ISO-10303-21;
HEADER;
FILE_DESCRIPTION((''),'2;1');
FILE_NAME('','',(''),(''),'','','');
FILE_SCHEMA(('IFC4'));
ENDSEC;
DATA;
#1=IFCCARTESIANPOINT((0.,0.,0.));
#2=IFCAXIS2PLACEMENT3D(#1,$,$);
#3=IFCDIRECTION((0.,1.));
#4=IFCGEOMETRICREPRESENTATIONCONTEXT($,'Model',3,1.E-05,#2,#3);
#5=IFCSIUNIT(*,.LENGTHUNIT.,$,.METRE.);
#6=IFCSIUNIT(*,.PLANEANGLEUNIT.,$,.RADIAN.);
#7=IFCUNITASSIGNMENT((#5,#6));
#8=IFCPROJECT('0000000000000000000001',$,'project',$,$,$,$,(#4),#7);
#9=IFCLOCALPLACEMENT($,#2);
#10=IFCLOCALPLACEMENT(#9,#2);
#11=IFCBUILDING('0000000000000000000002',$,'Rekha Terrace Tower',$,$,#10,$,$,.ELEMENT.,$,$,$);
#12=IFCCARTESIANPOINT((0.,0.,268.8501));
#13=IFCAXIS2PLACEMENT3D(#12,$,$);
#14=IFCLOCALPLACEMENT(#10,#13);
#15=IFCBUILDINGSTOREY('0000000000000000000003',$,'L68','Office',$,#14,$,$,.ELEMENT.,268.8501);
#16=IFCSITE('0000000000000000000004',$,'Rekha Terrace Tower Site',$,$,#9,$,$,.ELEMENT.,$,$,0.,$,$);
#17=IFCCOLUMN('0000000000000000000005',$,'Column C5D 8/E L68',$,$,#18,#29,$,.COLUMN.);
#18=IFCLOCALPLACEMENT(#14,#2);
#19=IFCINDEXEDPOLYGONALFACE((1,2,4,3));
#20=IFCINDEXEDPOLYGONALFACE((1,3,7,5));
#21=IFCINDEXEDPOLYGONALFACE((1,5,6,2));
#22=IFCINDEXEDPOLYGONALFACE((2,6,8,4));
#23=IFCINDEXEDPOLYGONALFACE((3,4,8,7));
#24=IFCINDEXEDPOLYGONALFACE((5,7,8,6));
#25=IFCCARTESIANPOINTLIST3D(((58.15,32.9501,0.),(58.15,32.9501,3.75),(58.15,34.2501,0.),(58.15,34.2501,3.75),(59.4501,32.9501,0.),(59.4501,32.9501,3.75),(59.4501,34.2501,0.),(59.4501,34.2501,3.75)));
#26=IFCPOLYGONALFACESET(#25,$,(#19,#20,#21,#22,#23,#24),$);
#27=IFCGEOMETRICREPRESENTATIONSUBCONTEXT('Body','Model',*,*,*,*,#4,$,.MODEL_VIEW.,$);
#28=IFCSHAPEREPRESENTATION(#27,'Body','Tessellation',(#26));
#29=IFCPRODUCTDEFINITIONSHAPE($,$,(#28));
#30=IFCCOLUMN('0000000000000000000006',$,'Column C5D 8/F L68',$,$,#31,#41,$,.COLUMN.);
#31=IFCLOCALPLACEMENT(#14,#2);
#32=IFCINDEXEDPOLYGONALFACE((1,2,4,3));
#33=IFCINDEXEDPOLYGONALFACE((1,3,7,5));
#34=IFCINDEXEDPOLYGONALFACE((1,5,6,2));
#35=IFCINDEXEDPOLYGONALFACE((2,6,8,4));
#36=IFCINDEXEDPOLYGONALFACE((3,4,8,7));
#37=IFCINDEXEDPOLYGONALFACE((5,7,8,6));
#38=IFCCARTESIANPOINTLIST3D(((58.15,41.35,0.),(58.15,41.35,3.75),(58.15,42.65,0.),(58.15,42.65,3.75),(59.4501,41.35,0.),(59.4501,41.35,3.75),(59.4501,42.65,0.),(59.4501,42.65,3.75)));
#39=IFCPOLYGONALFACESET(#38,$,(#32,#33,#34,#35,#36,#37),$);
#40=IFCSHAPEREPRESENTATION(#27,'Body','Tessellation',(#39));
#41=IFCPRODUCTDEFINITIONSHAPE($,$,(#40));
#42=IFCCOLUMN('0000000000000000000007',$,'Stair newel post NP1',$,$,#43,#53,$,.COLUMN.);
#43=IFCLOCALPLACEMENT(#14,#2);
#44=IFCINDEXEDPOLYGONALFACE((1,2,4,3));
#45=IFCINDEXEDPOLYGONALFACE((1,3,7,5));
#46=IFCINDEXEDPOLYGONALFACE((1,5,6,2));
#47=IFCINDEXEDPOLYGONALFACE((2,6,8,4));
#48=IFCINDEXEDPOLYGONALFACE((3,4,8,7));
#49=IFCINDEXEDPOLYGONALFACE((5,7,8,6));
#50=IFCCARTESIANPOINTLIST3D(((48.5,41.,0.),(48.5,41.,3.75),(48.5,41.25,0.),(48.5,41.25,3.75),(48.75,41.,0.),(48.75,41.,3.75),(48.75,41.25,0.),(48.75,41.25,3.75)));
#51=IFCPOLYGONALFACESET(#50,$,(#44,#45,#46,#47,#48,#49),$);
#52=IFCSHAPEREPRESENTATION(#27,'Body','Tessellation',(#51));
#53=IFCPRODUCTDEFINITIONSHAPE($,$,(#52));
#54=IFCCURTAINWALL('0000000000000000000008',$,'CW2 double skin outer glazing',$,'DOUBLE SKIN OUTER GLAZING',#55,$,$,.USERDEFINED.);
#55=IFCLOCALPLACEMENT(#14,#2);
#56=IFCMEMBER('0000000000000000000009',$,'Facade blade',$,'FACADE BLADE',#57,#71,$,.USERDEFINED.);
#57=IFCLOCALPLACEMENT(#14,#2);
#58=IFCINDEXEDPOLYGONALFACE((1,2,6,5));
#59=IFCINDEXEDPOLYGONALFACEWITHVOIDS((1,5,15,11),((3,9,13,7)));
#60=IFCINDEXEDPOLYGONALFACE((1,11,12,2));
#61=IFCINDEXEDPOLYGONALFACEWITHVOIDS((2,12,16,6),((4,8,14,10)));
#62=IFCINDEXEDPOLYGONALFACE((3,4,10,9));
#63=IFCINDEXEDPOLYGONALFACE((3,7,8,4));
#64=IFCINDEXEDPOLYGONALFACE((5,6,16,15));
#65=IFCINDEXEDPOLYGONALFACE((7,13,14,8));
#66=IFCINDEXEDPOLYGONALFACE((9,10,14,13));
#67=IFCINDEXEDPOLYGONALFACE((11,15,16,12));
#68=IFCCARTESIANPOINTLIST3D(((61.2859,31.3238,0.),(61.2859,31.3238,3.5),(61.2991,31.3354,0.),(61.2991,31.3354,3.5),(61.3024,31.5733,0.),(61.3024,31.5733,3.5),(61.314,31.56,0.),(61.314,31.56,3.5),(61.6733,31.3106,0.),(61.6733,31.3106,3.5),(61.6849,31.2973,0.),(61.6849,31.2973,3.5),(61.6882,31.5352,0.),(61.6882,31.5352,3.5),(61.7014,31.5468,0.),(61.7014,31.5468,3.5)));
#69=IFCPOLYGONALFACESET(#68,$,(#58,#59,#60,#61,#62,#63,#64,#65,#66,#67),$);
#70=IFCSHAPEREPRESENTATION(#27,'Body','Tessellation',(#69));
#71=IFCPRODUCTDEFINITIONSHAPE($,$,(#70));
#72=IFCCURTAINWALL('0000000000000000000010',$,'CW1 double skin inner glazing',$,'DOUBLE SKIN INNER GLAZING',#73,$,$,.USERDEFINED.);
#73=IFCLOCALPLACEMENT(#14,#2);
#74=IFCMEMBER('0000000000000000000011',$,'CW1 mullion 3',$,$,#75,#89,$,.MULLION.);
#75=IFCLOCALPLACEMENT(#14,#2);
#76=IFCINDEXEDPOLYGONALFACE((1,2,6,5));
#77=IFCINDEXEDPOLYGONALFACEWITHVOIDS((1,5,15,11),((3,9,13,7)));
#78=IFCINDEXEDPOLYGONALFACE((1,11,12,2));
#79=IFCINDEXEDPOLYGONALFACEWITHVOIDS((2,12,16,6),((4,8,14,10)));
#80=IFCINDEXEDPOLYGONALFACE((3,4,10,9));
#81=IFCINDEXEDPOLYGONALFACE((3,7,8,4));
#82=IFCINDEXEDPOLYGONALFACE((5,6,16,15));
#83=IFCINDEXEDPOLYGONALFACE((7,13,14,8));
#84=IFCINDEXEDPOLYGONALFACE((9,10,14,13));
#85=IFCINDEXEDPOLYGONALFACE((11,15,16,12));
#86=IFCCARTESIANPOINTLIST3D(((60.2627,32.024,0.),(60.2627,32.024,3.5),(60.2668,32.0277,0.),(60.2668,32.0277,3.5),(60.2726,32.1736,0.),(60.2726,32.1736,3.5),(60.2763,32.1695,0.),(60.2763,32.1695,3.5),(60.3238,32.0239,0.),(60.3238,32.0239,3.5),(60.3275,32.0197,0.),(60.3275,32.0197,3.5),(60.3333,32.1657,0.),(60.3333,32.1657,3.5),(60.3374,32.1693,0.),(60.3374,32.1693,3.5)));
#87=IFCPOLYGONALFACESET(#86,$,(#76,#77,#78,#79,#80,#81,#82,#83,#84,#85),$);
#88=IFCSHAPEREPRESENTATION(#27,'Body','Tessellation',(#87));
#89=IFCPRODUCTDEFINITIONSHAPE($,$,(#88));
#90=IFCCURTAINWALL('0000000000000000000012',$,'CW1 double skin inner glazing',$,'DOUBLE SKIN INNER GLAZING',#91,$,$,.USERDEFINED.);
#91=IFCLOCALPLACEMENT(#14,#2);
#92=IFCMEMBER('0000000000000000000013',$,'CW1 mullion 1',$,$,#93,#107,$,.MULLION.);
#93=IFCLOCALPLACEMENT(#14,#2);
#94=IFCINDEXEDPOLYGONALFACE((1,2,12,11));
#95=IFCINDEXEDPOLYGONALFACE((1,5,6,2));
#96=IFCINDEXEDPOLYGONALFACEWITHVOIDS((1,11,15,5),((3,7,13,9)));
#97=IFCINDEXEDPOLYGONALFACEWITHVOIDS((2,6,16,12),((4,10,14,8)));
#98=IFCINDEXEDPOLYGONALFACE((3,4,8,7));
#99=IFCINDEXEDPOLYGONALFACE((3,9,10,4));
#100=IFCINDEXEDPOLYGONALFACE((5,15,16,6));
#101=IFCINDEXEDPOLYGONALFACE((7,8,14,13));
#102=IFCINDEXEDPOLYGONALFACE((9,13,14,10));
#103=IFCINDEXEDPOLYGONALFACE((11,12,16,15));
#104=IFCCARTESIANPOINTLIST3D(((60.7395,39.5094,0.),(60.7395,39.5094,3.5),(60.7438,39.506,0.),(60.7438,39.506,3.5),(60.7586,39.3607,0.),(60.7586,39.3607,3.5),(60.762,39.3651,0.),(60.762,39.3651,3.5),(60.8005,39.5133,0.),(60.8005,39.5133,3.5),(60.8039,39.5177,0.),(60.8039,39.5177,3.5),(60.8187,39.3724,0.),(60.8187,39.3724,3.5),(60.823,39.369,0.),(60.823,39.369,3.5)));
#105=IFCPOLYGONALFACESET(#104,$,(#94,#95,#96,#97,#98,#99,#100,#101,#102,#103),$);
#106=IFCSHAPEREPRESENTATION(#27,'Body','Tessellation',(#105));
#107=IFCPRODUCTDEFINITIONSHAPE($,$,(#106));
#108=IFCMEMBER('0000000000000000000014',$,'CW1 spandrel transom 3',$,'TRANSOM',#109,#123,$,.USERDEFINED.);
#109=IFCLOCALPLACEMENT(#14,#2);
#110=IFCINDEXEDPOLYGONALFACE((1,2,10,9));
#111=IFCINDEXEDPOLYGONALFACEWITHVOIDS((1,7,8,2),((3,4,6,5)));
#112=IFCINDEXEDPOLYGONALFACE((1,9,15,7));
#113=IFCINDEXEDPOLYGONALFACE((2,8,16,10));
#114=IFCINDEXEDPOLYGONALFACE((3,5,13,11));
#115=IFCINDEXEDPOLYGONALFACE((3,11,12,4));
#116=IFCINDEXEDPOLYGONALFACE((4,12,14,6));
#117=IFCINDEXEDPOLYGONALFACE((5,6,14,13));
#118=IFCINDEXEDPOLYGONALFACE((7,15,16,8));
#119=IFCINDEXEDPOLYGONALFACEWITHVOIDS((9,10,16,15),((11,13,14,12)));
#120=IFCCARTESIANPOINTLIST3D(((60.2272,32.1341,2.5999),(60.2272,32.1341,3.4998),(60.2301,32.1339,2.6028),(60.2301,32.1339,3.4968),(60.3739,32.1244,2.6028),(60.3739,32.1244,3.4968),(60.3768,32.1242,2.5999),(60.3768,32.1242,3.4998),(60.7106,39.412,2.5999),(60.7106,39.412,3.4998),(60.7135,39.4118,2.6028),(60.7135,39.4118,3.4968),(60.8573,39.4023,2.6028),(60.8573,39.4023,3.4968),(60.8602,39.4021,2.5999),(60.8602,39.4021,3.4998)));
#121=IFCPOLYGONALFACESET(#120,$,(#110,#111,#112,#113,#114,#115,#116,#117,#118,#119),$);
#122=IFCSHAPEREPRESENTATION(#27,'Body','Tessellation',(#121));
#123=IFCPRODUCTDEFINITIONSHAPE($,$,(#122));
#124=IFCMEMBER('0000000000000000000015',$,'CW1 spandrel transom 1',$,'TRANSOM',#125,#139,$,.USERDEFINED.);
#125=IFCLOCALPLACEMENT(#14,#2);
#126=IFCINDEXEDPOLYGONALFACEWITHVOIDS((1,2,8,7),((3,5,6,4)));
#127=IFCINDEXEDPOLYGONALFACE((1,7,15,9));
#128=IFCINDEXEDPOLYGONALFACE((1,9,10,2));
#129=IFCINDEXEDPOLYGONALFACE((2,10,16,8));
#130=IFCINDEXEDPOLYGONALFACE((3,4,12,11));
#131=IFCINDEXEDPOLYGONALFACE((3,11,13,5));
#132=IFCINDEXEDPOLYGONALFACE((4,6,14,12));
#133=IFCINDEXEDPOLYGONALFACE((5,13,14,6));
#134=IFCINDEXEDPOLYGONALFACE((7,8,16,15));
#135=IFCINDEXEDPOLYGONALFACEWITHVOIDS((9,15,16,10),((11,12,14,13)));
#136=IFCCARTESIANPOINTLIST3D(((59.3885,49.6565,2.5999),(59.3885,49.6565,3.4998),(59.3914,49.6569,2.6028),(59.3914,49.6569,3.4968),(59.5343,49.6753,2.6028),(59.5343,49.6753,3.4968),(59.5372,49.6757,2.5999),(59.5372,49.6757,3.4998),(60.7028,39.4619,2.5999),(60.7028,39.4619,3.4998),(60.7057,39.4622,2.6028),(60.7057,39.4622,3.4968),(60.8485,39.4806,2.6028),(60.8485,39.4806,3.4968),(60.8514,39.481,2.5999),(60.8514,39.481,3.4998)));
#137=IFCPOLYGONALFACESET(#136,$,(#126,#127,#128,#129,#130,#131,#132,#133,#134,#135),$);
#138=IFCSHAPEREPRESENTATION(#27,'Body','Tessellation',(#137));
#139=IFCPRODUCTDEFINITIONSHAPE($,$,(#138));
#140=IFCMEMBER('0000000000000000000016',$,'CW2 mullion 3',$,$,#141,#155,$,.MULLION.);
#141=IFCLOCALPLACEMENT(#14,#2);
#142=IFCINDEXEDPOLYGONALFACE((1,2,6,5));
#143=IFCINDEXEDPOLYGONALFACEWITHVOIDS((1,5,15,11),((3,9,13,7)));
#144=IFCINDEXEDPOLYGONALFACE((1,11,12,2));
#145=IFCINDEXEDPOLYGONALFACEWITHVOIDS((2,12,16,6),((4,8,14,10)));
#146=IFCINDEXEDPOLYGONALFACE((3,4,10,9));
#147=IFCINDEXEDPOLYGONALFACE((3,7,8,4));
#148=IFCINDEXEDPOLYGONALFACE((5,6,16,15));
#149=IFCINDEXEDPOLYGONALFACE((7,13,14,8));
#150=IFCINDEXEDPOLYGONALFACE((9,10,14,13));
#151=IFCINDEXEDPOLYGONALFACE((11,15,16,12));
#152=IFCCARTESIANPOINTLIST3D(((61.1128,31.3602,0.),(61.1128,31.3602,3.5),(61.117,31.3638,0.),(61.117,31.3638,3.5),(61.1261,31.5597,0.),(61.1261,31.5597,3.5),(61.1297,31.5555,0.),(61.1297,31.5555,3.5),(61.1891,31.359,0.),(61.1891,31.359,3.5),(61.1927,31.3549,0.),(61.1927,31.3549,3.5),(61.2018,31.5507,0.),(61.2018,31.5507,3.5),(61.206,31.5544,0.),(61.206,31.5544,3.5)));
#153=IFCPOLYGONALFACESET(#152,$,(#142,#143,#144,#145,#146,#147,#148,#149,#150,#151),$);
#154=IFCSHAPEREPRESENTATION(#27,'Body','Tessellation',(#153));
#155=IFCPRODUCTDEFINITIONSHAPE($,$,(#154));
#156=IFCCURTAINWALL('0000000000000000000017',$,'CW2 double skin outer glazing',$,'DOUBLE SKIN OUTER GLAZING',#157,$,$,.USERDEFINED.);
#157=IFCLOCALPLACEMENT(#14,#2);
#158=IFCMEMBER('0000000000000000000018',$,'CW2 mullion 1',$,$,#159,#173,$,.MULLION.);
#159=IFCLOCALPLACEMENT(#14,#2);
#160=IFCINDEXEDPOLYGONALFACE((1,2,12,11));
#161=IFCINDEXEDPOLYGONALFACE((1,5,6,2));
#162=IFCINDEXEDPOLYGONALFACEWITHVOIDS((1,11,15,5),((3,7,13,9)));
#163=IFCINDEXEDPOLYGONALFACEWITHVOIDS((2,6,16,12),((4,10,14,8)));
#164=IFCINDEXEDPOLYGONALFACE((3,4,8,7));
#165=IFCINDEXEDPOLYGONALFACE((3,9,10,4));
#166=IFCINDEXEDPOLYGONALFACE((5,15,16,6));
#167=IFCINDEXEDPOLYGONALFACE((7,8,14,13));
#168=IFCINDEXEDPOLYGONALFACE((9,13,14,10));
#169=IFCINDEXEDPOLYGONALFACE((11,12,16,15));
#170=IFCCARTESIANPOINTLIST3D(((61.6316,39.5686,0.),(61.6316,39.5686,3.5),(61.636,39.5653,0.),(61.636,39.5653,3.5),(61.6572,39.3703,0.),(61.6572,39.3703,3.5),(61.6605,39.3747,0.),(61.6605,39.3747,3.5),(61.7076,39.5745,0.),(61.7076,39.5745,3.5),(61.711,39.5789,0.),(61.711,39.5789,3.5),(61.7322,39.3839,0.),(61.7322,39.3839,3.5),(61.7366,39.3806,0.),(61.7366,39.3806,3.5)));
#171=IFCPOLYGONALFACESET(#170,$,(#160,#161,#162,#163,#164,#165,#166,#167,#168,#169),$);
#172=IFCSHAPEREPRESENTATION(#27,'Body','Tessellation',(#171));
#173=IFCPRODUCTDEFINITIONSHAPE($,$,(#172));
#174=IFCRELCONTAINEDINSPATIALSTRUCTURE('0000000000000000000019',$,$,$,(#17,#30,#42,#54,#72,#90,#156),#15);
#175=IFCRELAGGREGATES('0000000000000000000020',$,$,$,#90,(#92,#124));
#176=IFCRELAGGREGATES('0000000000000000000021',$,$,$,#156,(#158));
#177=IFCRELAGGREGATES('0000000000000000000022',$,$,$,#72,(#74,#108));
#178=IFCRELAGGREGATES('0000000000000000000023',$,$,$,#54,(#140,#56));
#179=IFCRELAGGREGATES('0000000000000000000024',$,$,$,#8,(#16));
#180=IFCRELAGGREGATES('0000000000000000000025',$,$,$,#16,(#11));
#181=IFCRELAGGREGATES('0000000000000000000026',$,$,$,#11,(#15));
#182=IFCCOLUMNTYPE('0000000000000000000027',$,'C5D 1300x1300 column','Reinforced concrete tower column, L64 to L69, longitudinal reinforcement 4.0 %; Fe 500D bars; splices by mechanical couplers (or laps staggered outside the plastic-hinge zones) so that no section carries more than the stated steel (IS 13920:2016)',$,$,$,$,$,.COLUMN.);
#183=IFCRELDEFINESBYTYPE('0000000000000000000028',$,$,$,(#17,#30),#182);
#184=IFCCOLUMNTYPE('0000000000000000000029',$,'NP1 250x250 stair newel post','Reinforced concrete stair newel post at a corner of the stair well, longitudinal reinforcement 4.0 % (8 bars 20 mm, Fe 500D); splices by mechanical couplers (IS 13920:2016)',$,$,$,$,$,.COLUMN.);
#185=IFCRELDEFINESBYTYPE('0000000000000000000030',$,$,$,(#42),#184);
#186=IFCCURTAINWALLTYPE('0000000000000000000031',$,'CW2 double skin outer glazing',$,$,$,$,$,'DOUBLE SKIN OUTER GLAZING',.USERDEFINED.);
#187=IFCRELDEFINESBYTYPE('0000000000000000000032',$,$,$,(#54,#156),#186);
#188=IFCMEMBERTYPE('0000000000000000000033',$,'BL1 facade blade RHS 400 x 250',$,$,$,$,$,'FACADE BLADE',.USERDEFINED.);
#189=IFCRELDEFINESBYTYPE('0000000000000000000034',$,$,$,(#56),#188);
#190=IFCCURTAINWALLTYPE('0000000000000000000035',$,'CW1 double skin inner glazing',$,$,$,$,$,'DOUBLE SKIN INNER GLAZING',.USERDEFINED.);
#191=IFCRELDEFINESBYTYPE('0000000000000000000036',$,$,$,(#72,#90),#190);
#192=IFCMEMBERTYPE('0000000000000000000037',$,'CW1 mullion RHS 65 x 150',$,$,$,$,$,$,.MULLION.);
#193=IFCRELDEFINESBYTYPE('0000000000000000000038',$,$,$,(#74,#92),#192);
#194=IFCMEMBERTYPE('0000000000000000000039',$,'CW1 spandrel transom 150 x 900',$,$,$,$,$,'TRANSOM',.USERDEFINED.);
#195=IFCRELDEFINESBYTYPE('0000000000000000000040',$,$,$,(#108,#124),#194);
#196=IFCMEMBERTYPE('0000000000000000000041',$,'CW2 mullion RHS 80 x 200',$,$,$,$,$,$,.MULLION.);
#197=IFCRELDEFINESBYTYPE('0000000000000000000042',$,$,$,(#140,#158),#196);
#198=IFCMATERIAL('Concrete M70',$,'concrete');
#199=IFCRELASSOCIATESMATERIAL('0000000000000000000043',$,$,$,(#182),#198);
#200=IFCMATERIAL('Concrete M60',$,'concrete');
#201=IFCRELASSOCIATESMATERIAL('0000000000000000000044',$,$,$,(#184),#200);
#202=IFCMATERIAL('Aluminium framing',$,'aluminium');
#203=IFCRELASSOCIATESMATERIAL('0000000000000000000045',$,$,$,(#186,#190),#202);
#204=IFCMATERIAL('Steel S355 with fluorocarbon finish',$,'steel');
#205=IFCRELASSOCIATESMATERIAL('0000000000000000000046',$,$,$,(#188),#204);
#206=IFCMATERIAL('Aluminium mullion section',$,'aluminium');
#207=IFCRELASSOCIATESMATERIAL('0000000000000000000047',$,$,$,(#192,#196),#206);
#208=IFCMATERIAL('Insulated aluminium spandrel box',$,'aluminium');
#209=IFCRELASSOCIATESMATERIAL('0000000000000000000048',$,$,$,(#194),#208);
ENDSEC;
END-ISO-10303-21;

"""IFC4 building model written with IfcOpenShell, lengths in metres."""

from ifc_helpers import new_model, si_unit, direction, frame, origin, origin_2d, place, context, subcontext, project, spatial, rectangle, hollow_rectangle, extrude, material, material_profile, profile_set, type_object, element, aggregate, save


model = new_model("IFC4")

# Units and contexts
model_context = context("Model", 3, precision=1e-05, world=origin(), true_north=direction((0.0, 1.0)))
body_context = subcontext(model_context, "Body", "Model", "MODEL_VIEW")
ifc_project = project(units=[si_unit("LENGTHUNIT", "METRE"), si_unit("PLANEANGLEUNIT", "RADIAN")], contexts=[model_context])

# Site, building, storey
site_placement = place(None, origin())
site = spatial("IfcSite", under=ifc_project, at=site_placement, Name="Rekha Terrace Tower Site", CompositionType="ELEMENT", RefElevation=0.0)
building_placement = place(site_placement, origin())
building = spatial("IfcBuilding", under=site, at=building_placement, Name="Rekha Terrace Tower", CompositionType="ELEMENT")
storey_placement = place(building_placement, frame((0.0, 0.0, 268.8501)))
storey = spatial("IfcBuildingStorey", under=building, at=storey_placement, Name="L68", Description="Office", CompositionType="ELEMENT", Elevation=268.8501)

# Columns
ifc_material_1 = material(Name="Concrete M70", Category="concrete")
ifc_material_profile_1 = material_profile(ifc_material_1, rectangle(XDim=1.3, YDim=1.3, at=origin_2d()), Name="RC 1300x1300")
ifc_profile_set_1 = profile_set([ifc_material_profile_1], Name="Concrete M70")
column_type_1 = type_object("IfcColumnType", Name="C5D 1300x1300 column", Description="Reinforced concrete tower column, L64 to L69, longitudinal reinforcement 4.0 %; Fe 500D bars; splices by mechanical couplers (or laps staggered outside the plastic-hinge zones) so that no section carries more than the stated steel (IS 13920:2016)", PredefinedType="COLUMN", material=ifc_profile_set_1)
for number, where, z_axis, x_axis, name in (
    (1, (58.8, 33.6001, 0.0), (0.0, 0.0, 1.0), (1.0, 0.0, 0.0), "Column C5D 8/E L68"),
    (2, (58.8, 42.0, 0.0), (0.0, 0.0, 1.0), (1.0, 0.0, 0.0), "Column C5D 8/F L68"),
):
    element("IfcColumn", number, at=place(storey_placement, frame(where, z_axis=z_axis, x_axis=x_axis)), inside=storey, type_object=column_type_1, Name=name, PredefinedType="COLUMN", context=body_context, shape_type="SweptSolid", body=[
        extrude(rectangle(XDim=1.3, YDim=1.3, at=origin_2d()), origin(), (0.0, 0.0, 1.0), 3.75),
    ])
ifc_material_2 = material(Name="Concrete M60", Category="concrete")
ifc_material_profile_2 = material_profile(ifc_material_2, rectangle(XDim=0.25, YDim=0.25, at=origin_2d()), Name="RC 250x250")
ifc_profile_set_2 = profile_set([ifc_material_profile_2], Name="Concrete M60")
column_type_2 = type_object("IfcColumnType", Name="NP1 250x250 stair newel post", Description="Reinforced concrete stair newel post at a corner of the stair well, longitudinal reinforcement 4.0 % (8 bars 20 mm, Fe 500D); splices by mechanical couplers (IS 13920:2016)", PredefinedType="COLUMN", material=ifc_profile_set_2)
column_placement = place(storey_placement, frame((48.625, 41.125, 0.0), z_axis=(0.0, 0.0, 1.0), x_axis=(1.0, 0.0, 0.0)))
element("IfcColumn", 3, at=column_placement, inside=storey, type_object=column_type_2, Name="Stair newel post NP1", PredefinedType="COLUMN", context=body_context, shape_type="SweptSolid", body=[
    extrude(rectangle(XDim=0.25, YDim=0.25, at=origin_2d()), origin(), (0.0, 0.0, 1.0), 3.75),
])

# Curtain walls, members
ifc_material_3 = material(Name="Aluminium framing", Category="aluminium")
curtain_wall_type_1 = type_object("IfcCurtainWallType", Name="CW2 double skin outer glazing", ElementType="DOUBLE SKIN OUTER GLAZING", PredefinedType="USERDEFINED", material=ifc_material_3)
curtain_wall_1_placement = place(storey_placement, origin())
curtain_wall_1 = element("IfcCurtainWall", 4, at=curtain_wall_1_placement, inside=storey, type_object=curtain_wall_type_1, Name="CW2 double skin outer glazing", ObjectType="DOUBLE SKIN OUTER GLAZING", PredefinedType="USERDEFINED")
ifc_material_4 = material(Name="Steel S355 with fluorocarbon finish", Category="steel")
ifc_material_profile_3 = material_profile(ifc_material_4, hollow_rectangle(XDim=0.25, YDim=0.3999, WallThickness=0.0125, at=origin_2d()), Name="RHS400x250x12.5")
ifc_profile_set_3 = profile_set([ifc_material_profile_3], Name="Steel S355 with fluorocarbon finish")
member_type_1 = type_object("IfcMemberType", Name="BL1 facade blade RHS 400 x 250", ElementType="FACADE BLADE", PredefinedType="USERDEFINED", material=ifc_profile_set_3)
member_1_placement = place(storey_placement, frame((61.4937, 31.4353, 0.0), z_axis=(0.0, 0.0, 1.0), x_axis=(0.066272, 0.997802, 0.0)))
member_1 = element("IfcMember", 5, at=member_1_placement, type_object=member_type_1, Name="Facade blade", ObjectType="FACADE BLADE", PredefinedType="USERDEFINED", context=body_context, shape_type="SweptSolid", body=[
    extrude(hollow_rectangle(XDim=0.25, YDim=0.3999, WallThickness=0.0125, at=origin_2d()), origin(), (0.0, 0.0, 1.0), 3.5),
])
curtain_wall_type_2 = type_object("IfcCurtainWallType", Name="CW1 double skin inner glazing", ElementType="DOUBLE SKIN INNER GLAZING", PredefinedType="USERDEFINED", material=ifc_material_3)
curtain_wall_2_placement = place(storey_placement, origin())
curtain_wall_2 = element("IfcCurtainWall", 6, at=curtain_wall_2_placement, inside=storey, type_object=curtain_wall_type_2, Name="CW1 double skin inner glazing", ObjectType="DOUBLE SKIN INNER GLAZING", PredefinedType="USERDEFINED")
ifc_material_5 = material(Name="Aluminium mullion section", Category="aluminium")
ifc_material_profile_4 = material_profile(ifc_material_5, hollow_rectangle(XDim=0.0649, YDim=0.1499, WallThickness=0.0039, at=origin_2d()), Name="AL RHS 65x150")
ifc_profile_set_4 = profile_set([ifc_material_profile_4], Name="Aluminium mullion section")
member_type_2 = type_object("IfcMemberType", Name="CW1 mullion RHS 65 x 150", PredefinedType="MULLION", material=ifc_profile_set_4)
member_2_placement = place(storey_placement, frame((60.3, 32.0967, 0.0), z_axis=(0.0, 0.0, 1.0), x_axis=(-0.997802, 0.066272, 0.0)))
member_2 = element("IfcMember", 7, at=member_2_placement, type_object=member_type_2, Name="CW1 mullion 3", PredefinedType="MULLION", context=body_context, shape_type="SweptSolid", body=[
    extrude(hollow_rectangle(XDim=0.0649, YDim=0.1499, WallThickness=0.0039, at=origin_2d()), origin(), (0.0, 0.0, 1.0), 3.5),
])
curtain_wall_3_placement = place(storey_placement, origin())
curtain_wall_3 = element("IfcCurtainWall", 8, at=curtain_wall_3_placement, inside=storey, type_object=curtain_wall_type_2, Name="CW1 double skin inner glazing", ObjectType="DOUBLE SKIN INNER GLAZING", PredefinedType="USERDEFINED")
member_3_placement = place(storey_placement, frame((60.7812, 39.4392, 0.0), z_axis=(0.0, 0.0, 1.0), x_axis=(-0.991791, -0.12787, 0.0)))
member_3 = element("IfcMember", 9, at=member_3_placement, type_object=member_type_2, Name="CW1 mullion 1", PredefinedType="MULLION", context=body_context, shape_type="SweptSolid", body=[
    extrude(hollow_rectangle(XDim=0.0649, YDim=0.1499, WallThickness=0.0039, at=origin_2d()), origin(), (0.0, 0.0, 1.0), 3.5),
])

# Members
ifc_material_6 = material(Name="Insulated aluminium spandrel box", Category="aluminium")
ifc_material_profile_5 = material_profile(ifc_material_6, hollow_rectangle(XDim=0.1499, YDim=0.8999, WallThickness=0.0029, at=origin_2d()), Name="AL SPANDREL BOX 150x900")
ifc_profile_set_5 = profile_set([ifc_material_profile_5], Name="Insulated aluminium spandrel box")
member_type_3 = type_object("IfcMemberType", Name="CW1 spandrel transom 150 x 900", ElementType="TRANSOM", PredefinedType="USERDEFINED", material=ifc_profile_set_5)
member_4_placement = place(storey_placement, frame((60.302, 32.1292, 3.0498), z_axis=(0.066275, 0.997801, 0.0), x_axis=(-0.997801, 0.066275, 0.0)))
member_4 = element("IfcMember", 10, at=member_4_placement, type_object=member_type_3, Name="CW1 spandrel transom 3", ObjectType="TRANSOM", PredefinedType="USERDEFINED", context=body_context, shape_type="SweptSolid", body=[
    extrude(hollow_rectangle(XDim=0.1499, YDim=0.8999, WallThickness=0.0029, at=origin_2d()), origin(), (0.0, 0.0, 1.0), 7.2939),
])
member_5_placement = place(storey_placement, frame((60.7771, 39.4714, 3.0498), z_axis=(-0.127855, 0.991793, 0.0), x_axis=(-0.991793, -0.127855, 0.0)))
member_5 = element("IfcMember", 11, at=member_5_placement, type_object=member_type_3, Name="CW1 spandrel transom 1", ObjectType="TRANSOM", PredefinedType="USERDEFINED", context=body_context, shape_type="SweptSolid", body=[
    extrude(hollow_rectangle(XDim=0.1499, YDim=0.8999, WallThickness=0.0029, at=origin_2d()), origin(), (0.0, 0.0, 1.0), 10.2791),
])
aggregate(curtain_wall_3, [member_3, member_5])
ifc_material_profile_6 = material_profile(ifc_material_5, hollow_rectangle(XDim=0.0801, YDim=0.2, WallThickness=0.0039, at=origin_2d()), Name="AL RHS 80x200")
ifc_profile_set_6 = profile_set([ifc_material_profile_6], Name="Aluminium mullion section")
member_type_4 = type_object("IfcMemberType", Name="CW2 mullion RHS 80 x 200", PredefinedType="MULLION", material=ifc_profile_set_6)
member_6_placement = place(storey_placement, frame((61.1594, 31.4573, 0.0), z_axis=(0.0, 0.0, 1.0), x_axis=(-0.997802, 0.066272, 0.0)))
member_6 = element("IfcMember", 12, at=member_6_placement, type_object=member_type_4, Name="CW2 mullion 3", PredefinedType="MULLION", context=body_context, shape_type="SweptSolid", body=[
    extrude(hollow_rectangle(XDim=0.0801, YDim=0.2, WallThickness=0.0039, at=origin_2d()), origin(), (0.0, 0.0, 1.0), 3.5),
])

# Curtain wall, member
curtain_wall_4_placement = place(storey_placement, origin())
curtain_wall_4 = element("IfcCurtainWall", 13, at=curtain_wall_4_placement, inside=storey, type_object=curtain_wall_type_1, Name="CW2 double skin outer glazing", ObjectType="DOUBLE SKIN OUTER GLAZING", PredefinedType="USERDEFINED")
member_7_placement = place(storey_placement, frame((61.6841, 39.4746, 0.0), z_axis=(0.0, 0.0, 1.0), x_axis=(-0.991791, -0.12787, 0.0)))
member_7 = element("IfcMember", 14, at=member_7_placement, type_object=member_type_4, Name="CW2 mullion 1", PredefinedType="MULLION", context=body_context, shape_type="SweptSolid", body=[
    extrude(hollow_rectangle(XDim=0.0801, YDim=0.2, WallThickness=0.0039, at=origin_2d()), origin(), (0.0, 0.0, 1.0), 3.5),
])

aggregate(curtain_wall_4, [member_7])

aggregate(curtain_wall_2, [member_2, member_4])
aggregate(curtain_wall_1, [member_6, member_1])

save(model, "model.ifc")
